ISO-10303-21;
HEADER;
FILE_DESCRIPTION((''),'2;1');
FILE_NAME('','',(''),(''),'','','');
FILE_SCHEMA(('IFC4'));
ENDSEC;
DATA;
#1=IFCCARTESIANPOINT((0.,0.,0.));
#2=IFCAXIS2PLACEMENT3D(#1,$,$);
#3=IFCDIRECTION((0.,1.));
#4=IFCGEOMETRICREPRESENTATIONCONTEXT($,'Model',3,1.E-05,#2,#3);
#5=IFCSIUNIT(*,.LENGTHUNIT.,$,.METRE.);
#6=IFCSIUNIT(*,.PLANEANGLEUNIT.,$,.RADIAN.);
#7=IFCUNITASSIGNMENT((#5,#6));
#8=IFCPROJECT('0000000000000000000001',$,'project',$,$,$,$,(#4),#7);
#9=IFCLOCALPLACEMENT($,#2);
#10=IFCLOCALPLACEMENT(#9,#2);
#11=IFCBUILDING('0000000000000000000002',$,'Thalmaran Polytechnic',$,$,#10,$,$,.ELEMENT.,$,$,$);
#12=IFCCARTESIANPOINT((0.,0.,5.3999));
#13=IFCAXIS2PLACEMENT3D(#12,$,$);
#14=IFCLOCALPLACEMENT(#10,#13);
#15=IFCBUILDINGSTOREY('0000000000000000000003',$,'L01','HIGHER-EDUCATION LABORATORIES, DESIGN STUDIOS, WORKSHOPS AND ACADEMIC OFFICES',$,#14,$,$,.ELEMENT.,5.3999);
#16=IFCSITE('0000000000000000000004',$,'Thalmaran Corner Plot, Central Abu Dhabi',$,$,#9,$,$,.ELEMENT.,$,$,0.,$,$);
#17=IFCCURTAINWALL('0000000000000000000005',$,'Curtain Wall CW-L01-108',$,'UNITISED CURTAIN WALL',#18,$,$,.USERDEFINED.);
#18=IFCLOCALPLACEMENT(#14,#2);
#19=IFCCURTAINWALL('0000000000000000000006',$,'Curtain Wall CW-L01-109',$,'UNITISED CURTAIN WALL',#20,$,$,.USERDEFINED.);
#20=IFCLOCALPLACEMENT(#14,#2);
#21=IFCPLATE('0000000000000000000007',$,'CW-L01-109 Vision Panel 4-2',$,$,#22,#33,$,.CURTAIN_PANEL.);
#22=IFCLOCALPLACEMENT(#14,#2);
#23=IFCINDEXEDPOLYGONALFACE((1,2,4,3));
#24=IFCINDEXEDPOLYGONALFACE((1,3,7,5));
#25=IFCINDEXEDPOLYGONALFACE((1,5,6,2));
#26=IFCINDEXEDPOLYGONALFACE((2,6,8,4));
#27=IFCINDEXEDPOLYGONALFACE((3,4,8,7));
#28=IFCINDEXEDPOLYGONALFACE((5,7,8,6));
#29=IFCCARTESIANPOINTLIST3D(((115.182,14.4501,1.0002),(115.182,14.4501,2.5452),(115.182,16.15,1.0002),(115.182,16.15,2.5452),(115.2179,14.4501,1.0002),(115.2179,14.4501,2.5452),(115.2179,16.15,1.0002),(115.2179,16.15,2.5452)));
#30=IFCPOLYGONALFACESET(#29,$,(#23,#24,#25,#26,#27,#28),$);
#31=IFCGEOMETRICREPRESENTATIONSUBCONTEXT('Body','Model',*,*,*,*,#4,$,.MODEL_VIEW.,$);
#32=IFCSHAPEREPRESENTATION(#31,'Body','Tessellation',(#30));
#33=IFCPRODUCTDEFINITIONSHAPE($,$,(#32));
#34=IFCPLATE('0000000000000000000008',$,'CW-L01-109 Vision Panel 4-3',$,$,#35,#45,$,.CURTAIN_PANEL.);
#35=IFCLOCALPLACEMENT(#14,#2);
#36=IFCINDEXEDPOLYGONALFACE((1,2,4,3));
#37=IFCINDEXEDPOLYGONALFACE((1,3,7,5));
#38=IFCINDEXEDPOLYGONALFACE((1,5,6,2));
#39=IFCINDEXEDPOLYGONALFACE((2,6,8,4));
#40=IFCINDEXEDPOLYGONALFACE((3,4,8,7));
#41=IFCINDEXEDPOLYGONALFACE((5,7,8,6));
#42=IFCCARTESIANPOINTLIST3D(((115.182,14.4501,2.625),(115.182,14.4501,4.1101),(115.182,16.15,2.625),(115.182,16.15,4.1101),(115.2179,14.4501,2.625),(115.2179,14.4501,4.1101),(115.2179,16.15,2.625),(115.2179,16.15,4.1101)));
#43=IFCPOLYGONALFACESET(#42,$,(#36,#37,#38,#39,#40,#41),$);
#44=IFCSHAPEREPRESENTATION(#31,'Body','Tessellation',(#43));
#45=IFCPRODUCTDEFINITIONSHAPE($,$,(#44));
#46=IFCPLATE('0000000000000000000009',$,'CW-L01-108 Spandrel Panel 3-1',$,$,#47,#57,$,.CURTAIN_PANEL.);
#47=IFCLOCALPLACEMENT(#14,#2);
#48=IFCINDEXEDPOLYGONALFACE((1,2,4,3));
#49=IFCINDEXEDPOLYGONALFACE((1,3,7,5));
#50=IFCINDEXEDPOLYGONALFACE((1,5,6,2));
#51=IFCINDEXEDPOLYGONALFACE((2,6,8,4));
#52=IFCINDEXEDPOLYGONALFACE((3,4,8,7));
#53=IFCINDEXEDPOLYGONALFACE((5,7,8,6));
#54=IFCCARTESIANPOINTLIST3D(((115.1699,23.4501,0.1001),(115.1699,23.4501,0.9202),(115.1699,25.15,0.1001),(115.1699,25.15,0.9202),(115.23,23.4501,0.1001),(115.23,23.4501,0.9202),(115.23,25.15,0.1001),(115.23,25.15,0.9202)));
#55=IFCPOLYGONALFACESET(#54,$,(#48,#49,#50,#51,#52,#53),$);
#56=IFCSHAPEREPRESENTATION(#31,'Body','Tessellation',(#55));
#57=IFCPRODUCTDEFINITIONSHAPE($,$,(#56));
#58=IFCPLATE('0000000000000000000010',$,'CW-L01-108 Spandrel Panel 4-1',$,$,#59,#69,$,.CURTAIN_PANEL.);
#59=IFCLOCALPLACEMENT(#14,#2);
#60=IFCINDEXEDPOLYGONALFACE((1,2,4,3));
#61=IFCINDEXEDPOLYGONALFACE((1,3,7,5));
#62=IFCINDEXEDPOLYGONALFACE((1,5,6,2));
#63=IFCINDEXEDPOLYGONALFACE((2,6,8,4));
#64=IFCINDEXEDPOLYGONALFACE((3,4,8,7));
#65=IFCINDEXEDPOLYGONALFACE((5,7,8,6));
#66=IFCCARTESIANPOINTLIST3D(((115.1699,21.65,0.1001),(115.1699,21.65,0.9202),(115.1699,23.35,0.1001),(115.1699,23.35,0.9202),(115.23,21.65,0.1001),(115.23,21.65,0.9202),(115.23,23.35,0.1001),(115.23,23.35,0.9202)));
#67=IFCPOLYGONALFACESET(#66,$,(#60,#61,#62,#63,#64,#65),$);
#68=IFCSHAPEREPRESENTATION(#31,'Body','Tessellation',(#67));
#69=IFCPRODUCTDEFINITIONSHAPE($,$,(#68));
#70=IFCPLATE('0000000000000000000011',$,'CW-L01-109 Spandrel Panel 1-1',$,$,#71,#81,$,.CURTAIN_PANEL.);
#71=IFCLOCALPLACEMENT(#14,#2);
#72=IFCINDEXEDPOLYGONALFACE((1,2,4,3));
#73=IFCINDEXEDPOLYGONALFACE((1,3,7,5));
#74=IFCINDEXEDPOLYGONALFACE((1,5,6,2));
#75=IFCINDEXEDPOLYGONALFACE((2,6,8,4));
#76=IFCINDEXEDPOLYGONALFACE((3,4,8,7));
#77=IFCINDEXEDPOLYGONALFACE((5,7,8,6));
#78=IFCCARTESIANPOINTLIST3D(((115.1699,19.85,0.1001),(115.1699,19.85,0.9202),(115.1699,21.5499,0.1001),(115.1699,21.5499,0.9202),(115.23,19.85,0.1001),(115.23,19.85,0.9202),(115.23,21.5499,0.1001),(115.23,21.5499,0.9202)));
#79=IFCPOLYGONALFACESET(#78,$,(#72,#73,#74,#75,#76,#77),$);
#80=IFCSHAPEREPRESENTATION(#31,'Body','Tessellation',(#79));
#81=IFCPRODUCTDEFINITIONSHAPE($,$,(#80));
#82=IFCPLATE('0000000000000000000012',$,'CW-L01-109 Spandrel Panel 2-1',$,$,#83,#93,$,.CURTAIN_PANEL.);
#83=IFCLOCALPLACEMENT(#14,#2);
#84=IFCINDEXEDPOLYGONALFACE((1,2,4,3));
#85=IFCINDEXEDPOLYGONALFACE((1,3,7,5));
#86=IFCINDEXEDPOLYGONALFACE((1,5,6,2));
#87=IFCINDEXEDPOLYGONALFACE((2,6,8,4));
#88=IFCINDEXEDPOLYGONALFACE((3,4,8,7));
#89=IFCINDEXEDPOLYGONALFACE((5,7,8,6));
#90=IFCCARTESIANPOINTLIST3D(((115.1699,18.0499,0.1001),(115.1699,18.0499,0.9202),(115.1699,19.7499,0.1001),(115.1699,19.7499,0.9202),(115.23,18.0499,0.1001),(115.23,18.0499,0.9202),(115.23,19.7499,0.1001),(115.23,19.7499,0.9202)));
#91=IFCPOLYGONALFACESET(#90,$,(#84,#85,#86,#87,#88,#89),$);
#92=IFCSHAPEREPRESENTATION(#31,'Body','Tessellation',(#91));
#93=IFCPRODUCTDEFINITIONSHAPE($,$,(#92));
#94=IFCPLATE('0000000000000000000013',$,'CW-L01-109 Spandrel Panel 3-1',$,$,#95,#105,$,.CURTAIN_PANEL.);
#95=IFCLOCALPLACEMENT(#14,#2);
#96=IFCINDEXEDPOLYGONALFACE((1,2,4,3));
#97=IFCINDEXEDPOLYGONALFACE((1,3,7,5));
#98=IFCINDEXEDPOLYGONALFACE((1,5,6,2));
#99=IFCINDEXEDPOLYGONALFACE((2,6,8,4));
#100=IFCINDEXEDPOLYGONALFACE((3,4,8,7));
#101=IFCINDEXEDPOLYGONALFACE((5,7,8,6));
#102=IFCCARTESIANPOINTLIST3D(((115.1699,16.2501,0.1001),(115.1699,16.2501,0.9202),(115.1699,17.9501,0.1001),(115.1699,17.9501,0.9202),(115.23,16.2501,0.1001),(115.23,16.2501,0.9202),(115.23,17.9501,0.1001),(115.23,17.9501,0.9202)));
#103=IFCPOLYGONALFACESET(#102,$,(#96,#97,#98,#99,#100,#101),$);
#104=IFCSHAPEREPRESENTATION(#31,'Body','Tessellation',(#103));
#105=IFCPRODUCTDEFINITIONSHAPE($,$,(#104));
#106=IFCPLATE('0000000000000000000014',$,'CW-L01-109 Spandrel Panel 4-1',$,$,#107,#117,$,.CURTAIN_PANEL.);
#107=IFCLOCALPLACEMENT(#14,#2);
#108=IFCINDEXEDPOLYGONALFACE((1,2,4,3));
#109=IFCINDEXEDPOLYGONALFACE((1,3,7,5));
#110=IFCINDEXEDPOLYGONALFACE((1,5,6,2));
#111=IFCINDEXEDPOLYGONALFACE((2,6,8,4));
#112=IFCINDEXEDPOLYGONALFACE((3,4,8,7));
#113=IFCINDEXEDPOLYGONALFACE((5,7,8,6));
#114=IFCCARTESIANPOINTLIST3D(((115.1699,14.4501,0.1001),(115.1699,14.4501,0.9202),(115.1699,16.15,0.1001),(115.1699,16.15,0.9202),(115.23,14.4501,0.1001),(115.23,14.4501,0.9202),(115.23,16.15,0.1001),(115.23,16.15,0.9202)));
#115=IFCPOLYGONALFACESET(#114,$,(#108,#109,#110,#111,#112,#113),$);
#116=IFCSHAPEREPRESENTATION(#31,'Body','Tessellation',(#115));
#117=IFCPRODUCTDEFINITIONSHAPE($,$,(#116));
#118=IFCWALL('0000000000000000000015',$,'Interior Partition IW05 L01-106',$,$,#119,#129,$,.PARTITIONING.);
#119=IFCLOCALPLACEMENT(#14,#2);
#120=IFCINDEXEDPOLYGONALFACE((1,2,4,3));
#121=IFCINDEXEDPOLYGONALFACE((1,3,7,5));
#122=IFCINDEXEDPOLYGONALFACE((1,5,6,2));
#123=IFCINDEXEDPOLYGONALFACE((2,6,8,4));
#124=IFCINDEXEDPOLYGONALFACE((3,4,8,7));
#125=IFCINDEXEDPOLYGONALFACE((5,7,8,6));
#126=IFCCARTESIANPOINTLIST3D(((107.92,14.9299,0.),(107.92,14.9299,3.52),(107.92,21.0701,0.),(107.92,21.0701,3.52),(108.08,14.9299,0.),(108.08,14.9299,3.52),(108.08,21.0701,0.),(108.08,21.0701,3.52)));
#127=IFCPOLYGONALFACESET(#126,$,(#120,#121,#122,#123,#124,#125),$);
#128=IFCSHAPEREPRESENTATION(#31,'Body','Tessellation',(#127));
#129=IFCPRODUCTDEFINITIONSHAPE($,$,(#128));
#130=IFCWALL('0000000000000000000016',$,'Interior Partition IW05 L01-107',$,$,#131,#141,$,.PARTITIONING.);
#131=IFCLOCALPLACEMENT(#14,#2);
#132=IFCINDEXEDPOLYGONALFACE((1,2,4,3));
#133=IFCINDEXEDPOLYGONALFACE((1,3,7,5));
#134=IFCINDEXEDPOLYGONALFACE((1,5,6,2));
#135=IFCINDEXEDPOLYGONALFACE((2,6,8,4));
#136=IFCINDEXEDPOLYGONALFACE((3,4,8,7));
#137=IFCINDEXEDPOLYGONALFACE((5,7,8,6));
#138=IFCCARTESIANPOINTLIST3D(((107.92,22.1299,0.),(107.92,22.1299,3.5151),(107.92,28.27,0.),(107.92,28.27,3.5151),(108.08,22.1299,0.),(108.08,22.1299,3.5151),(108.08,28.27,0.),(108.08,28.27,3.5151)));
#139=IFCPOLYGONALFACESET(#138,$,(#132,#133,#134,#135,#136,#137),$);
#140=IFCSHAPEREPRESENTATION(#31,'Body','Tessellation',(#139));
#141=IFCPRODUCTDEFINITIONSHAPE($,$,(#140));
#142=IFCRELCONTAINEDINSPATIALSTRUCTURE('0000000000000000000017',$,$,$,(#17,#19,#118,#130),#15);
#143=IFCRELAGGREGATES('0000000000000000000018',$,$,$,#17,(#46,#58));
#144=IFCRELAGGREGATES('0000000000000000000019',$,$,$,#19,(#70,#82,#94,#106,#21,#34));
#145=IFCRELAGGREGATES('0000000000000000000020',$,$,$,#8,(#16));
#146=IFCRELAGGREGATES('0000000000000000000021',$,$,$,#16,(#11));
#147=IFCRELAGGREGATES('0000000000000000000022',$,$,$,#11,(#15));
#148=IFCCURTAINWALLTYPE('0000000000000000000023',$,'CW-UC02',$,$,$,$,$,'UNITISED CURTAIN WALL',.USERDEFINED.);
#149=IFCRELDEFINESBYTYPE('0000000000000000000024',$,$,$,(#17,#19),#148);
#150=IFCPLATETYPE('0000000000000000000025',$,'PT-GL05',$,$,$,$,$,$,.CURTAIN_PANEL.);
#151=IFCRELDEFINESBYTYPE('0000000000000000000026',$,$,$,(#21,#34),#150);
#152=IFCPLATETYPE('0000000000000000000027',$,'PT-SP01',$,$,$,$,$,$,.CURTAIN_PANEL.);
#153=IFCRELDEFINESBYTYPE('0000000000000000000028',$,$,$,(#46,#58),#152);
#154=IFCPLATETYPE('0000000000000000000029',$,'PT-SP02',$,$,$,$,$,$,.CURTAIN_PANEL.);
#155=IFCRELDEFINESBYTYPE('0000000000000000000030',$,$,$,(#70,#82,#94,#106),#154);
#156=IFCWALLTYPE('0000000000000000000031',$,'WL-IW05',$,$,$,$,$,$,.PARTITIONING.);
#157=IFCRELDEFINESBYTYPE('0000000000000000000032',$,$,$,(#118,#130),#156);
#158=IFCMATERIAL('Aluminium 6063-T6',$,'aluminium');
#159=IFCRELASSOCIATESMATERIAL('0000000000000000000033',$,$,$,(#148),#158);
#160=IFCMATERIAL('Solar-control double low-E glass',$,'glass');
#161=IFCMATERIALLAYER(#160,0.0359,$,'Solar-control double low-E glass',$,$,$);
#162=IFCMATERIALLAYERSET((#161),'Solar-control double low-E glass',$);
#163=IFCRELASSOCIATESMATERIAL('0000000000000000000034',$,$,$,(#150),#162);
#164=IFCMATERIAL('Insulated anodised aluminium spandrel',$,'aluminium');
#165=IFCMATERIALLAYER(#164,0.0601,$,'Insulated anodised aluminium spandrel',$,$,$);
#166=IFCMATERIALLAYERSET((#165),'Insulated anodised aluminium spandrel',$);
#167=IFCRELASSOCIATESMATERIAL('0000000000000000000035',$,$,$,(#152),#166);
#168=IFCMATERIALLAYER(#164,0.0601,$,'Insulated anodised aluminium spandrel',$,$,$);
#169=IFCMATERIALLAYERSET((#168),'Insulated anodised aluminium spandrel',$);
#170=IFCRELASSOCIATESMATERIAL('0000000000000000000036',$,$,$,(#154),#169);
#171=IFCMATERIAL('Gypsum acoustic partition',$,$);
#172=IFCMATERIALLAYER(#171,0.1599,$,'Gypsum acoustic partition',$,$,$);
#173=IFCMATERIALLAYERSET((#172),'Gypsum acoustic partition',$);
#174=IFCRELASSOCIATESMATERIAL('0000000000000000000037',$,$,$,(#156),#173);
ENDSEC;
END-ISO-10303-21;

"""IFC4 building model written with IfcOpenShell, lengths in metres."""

from ifc_helpers import new_model, si_unit, direction, frame, frame_2d, origin, origin_2d, place, context, subcontext, project, spatial, rectangle, extrude, material, layer, layer_set, type_object, element, aggregate, save


model = new_model("IFC4")

# Units and contexts
model_context = context("Model", 3, precision=1e-05, world=origin(), true_north=direction((0.0, 1.0)))
body_context = subcontext(model_context, "Body", "Model", "MODEL_VIEW")
ifc_project = project(units=[si_unit("LENGTHUNIT", "METRE"), si_unit("PLANEANGLEUNIT", "RADIAN")], contexts=[model_context])

# Site, building, storey
site_placement = place(None, origin())
site = spatial("IfcSite", under=ifc_project, at=site_placement, Name="Thalmaran Corner Plot, Central Abu Dhabi", CompositionType="ELEMENT", RefElevation=0.0)
building_placement = place(site_placement, origin())
building = spatial("IfcBuilding", under=site, at=building_placement, Name="Thalmaran Polytechnic", CompositionType="ELEMENT")
storey_placement = place(building_placement, frame((0.0, 0.0, 5.3999)))
storey = spatial("IfcBuildingStorey", under=building, at=storey_placement, Name="L01", Description="HIGHER-EDUCATION LABORATORIES, DESIGN STUDIOS, WORKSHOPS AND ACADEMIC OFFICES", CompositionType="ELEMENT", Elevation=5.3999)

# Curtain walls
ifc_material_1 = material(Name="Aluminium 6063-T6", Category="aluminium")
curtain_wall_type = type_object("IfcCurtainWallType", Name="CW-UC02", ElementType="UNITISED CURTAIN WALL", PredefinedType="USERDEFINED", material=ifc_material_1)
curtain_wall_1_placement = place(storey_placement, origin())
curtain_wall_1 = element("IfcCurtainWall", 1, at=curtain_wall_1_placement, inside=storey, type_object=curtain_wall_type, Name="Curtain Wall CW-L01-108", ObjectType="UNITISED CURTAIN WALL", PredefinedType="USERDEFINED")
curtain_wall_2_placement = place(storey_placement, origin())
curtain_wall_2 = element("IfcCurtainWall", 2, at=curtain_wall_2_placement, inside=storey, type_object=curtain_wall_type, Name="Curtain Wall CW-L01-109", ObjectType="UNITISED CURTAIN WALL", PredefinedType="USERDEFINED")

# Plates
ifc_material_2 = material(Name="Solar-control double low-E glass", Category="glass")
ifc_layer_1 = layer(ifc_material_2, 0.0359, Name="Solar-control double low-E glass")
ifc_layer_set_1 = layer_set([ifc_layer_1], Name="Solar-control double low-E glass")
plate_type_1 = type_object("IfcPlateType", Name="PT-GL05", PredefinedType="CURTAIN_PANEL", material=ifc_layer_set_1)
plate_1_placement = place(storey_placement, frame((115.2, 15.3, 1.0002), z_axis=(0.0, 0.0, 1.0), x_axis=(0.0, -1.0, 0.0)))
plate_1 = element("IfcPlate", 3, at=plate_1_placement, type_object=plate_type_1, Name="CW-L01-109 Vision Panel 4-2", PredefinedType="CURTAIN_PANEL", context=body_context, shape_type="SweptSolid", body=[
    extrude(rectangle(XDim=1.7, YDim=0.0359, at=origin_2d()), origin(), (0.0, 0.0, 1.0), 1.5449),
])
plate_2_placement = place(storey_placement, frame((115.2, 15.3, 2.625), z_axis=(0.0, 0.0, 1.0), x_axis=(0.0, -1.0, 0.0)))
plate_2 = element("IfcPlate", 4, at=plate_2_placement, type_object=plate_type_1, Name="CW-L01-109 Vision Panel 4-3", PredefinedType="CURTAIN_PANEL", context=body_context, shape_type="SweptSolid", body=[
    extrude(rectangle(XDim=1.7, YDim=0.0359, at=origin_2d()), origin(), (0.0, 0.0, 1.0), 1.4851),
])
ifc_material_3 = material(Name="Insulated anodised aluminium spandrel", Category="aluminium")
ifc_layer_2 = layer(ifc_material_3, 0.0601, Name="Insulated anodised aluminium spandrel")
ifc_layer_set_2 = layer_set([ifc_layer_2], Name="Insulated anodised aluminium spandrel")
plate_type_2 = type_object("IfcPlateType", Name="PT-SP01", PredefinedType="CURTAIN_PANEL", material=ifc_layer_set_2)
plate_3_placement = place(storey_placement, frame((115.2, 24.3, 0.1001), z_axis=(0.0, 0.0, 1.0), x_axis=(0.0, -1.0, 0.0)))
plate_3 = element("IfcPlate", 5, at=plate_3_placement, type_object=plate_type_2, Name="CW-L01-108 Spandrel Panel 3-1", PredefinedType="CURTAIN_PANEL", context=body_context, shape_type="SweptSolid", body=[
    extrude(rectangle(XDim=1.7, YDim=0.0601, at=origin_2d()), origin(), (0.0, 0.0, 1.0), 0.8201),
])
plate_4_placement = place(storey_placement, frame((115.2, 22.5, 0.1001), z_axis=(0.0, 0.0, 1.0), x_axis=(0.0, -1.0, 0.0)))
plate_4 = element("IfcPlate", 6, at=plate_4_placement, type_object=plate_type_2, Name="CW-L01-108 Spandrel Panel 4-1", PredefinedType="CURTAIN_PANEL", context=body_context, shape_type="SweptSolid", body=[
    extrude(rectangle(XDim=1.7, YDim=0.0601, at=origin_2d()), origin(), (0.0, 0.0, 1.0), 0.8201),
])
aggregate(curtain_wall_1, [plate_3, plate_4])
ifc_layer_3 = layer(ifc_material_3, 0.0601, Name="Insulated anodised aluminium spandrel")
ifc_layer_set_3 = layer_set([ifc_layer_3], Name="Insulated anodised aluminium spandrel")
plate_type_3 = type_object("IfcPlateType", Name="PT-SP02", PredefinedType="CURTAIN_PANEL", material=ifc_layer_set_3)
plate_5_placement = place(storey_placement, frame((115.2, 20.7, 0.1001), z_axis=(0.0, 0.0, 1.0), x_axis=(0.0, -1.0, 0.0)))
plate_5 = element("IfcPlate", 7, at=plate_5_placement, type_object=plate_type_3, Name="CW-L01-109 Spandrel Panel 1-1", PredefinedType="CURTAIN_PANEL", context=body_context, shape_type="SweptSolid", body=[
    extrude(rectangle(XDim=1.7, YDim=0.0601, at=origin_2d()), origin(), (0.0, 0.0, 1.0), 0.8201),
])
plate_6_placement = place(storey_placement, frame((115.2, 18.8999, 0.1001), z_axis=(0.0, 0.0, 1.0), x_axis=(0.0, -1.0, 0.0)))
plate_6 = element("IfcPlate", 8, at=plate_6_placement, type_object=plate_type_3, Name="CW-L01-109 Spandrel Panel 2-1", PredefinedType="CURTAIN_PANEL", context=body_context, shape_type="SweptSolid", body=[
    extrude(rectangle(XDim=1.7, YDim=0.0601, at=origin_2d()), origin(), (0.0, 0.0, 1.0), 0.8201),
])
plate_7_placement = place(storey_placement, frame((115.2, 17.1001, 0.1001), z_axis=(0.0, 0.0, 1.0), x_axis=(0.0, -1.0, 0.0)))
plate_7 = element("IfcPlate", 9, at=plate_7_placement, type_object=plate_type_3, Name="CW-L01-109 Spandrel Panel 3-1", PredefinedType="CURTAIN_PANEL", context=body_context, shape_type="SweptSolid", body=[
    extrude(rectangle(XDim=1.7, YDim=0.0601, at=origin_2d()), origin(), (0.0, 0.0, 1.0), 0.8201),
])
plate_8_placement = place(storey_placement, frame((115.2, 15.3, 0.1001), z_axis=(0.0, 0.0, 1.0), x_axis=(0.0, -1.0, 0.0)))
plate_8 = element("IfcPlate", 10, at=plate_8_placement, type_object=plate_type_3, Name="CW-L01-109 Spandrel Panel 4-1", PredefinedType="CURTAIN_PANEL", context=body_context, shape_type="SweptSolid", body=[
    extrude(rectangle(XDim=1.7, YDim=0.0601, at=origin_2d()), origin(), (0.0, 0.0, 1.0), 0.8201),
])
aggregate(curtain_wall_2, [plate_5, plate_6, plate_7, plate_8, plate_1, plate_2])

# Walls
ifc_material_4 = material(Name="Gypsum acoustic partition")
ifc_layer_4 = layer(ifc_material_4, 0.1599, Name="Gypsum acoustic partition")
ifc_layer_set_4 = layer_set([ifc_layer_4], Name="Gypsum acoustic partition")
wall_type = type_object("IfcWallType", Name="WL-IW05", PredefinedType="PARTITIONING", material=ifc_layer_set_4)
wall_1_placement = place(storey_placement, frame((108.0, 14.9299, 0.0), z_axis=(0.0, 0.0, 1.0), x_axis=(0.0, 1.0, 0.0)))
element("IfcWall", 11, at=wall_1_placement, inside=storey, type_object=wall_type, Name="Interior Partition IW05 L01-106", PredefinedType="PARTITIONING", context=body_context, shape_type="SweptSolid", body=[
    extrude(rectangle(XDim=6.1401, YDim=0.1599, at=frame_2d((3.0701, 0.0))), origin(), (0.0, 0.0, 1.0), 3.52),
])
wall_2_placement = place(storey_placement, frame((108.0, 22.1299, 0.0), z_axis=(0.0, 0.0, 1.0), x_axis=(0.0, 1.0, 0.0)))
element("IfcWall", 12, at=wall_2_placement, inside=storey, type_object=wall_type, Name="Interior Partition IW05 L01-107", PredefinedType="PARTITIONING", context=body_context, shape_type="SweptSolid", body=[
    extrude(rectangle(XDim=6.1401, YDim=0.1599, at=frame_2d((3.0701, 0.0))), origin(), (0.0, 0.0, 1.0), 3.5151),
])

save(model, "model.ifc")
